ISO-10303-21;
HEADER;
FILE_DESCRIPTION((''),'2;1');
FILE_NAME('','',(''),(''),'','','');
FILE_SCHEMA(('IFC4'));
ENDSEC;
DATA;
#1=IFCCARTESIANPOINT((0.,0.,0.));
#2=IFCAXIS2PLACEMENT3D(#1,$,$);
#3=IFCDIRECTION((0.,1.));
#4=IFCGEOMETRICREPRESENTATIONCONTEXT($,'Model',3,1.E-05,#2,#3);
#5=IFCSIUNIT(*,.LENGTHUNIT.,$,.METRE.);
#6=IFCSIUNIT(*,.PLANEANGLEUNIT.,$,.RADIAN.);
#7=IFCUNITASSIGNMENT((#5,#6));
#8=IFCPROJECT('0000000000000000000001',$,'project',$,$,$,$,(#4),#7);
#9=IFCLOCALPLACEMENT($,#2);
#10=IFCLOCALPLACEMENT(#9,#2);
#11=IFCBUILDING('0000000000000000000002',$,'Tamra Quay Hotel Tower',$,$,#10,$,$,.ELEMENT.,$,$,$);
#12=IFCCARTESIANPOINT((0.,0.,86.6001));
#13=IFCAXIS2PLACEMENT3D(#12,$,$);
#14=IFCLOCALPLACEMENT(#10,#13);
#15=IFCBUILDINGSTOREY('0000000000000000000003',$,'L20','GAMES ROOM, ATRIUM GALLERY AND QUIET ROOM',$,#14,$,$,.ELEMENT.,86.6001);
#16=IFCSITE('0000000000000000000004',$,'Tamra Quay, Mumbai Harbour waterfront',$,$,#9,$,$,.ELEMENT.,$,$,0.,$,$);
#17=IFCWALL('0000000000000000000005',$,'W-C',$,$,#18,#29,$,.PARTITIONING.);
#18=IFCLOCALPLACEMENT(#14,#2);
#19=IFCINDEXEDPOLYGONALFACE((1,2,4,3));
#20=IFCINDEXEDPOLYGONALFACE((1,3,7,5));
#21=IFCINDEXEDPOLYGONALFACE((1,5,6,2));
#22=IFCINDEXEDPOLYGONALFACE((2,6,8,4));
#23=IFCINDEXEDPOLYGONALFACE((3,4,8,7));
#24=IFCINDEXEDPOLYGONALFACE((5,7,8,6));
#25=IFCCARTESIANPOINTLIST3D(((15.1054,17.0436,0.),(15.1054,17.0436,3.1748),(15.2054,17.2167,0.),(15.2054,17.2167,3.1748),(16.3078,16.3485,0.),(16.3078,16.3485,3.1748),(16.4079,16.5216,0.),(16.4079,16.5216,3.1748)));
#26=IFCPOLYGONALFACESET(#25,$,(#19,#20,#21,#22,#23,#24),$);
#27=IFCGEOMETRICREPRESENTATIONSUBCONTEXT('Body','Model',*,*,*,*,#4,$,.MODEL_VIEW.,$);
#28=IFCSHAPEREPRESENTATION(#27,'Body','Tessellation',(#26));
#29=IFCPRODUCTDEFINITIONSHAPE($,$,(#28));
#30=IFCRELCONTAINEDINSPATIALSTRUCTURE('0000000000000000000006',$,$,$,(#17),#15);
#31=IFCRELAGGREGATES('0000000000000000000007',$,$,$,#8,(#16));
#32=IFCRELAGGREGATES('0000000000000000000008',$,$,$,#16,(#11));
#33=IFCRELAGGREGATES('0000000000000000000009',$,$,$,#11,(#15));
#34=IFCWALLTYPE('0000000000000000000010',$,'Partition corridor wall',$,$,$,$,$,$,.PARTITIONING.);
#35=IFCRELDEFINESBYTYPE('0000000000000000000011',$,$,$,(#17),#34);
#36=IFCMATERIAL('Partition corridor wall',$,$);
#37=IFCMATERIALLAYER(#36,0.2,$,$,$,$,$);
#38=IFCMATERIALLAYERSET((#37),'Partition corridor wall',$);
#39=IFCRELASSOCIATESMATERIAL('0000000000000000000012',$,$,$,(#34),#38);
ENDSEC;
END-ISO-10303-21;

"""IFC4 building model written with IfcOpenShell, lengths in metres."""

from ifc_helpers import new_model, si_unit, direction, frame, frame_2d, origin, place, context, subcontext, project, spatial, rectangle, extrude, material, layer, layer_set, type_object, element, save


model = new_model("IFC4")

# Units and contexts
model_context = context("Model", 3, precision=1e-05, world=origin(), true_north=direction((0.0, 1.0)))
body_context = subcontext(model_context, "Body", "Model", "MODEL_VIEW")
ifc_project = project(units=[si_unit("LENGTHUNIT", "METRE"), si_unit("PLANEANGLEUNIT", "RADIAN")], contexts=[model_context])

# Site, building, storey
site_placement = place(None, origin())
site = spatial("IfcSite", under=ifc_project, at=site_placement, Name="Tamra Quay, Mumbai Harbour waterfront", CompositionType="ELEMENT", RefElevation=0.0)
building_placement = place(site_placement, origin())
building = spatial("IfcBuilding", under=site, at=building_placement, Name="Tamra Quay Hotel Tower", CompositionType="ELEMENT")
storey_placement = place(building_placement, frame((0.0, 0.0, 86.6001)))
storey = spatial("IfcBuildingStorey", under=building, at=storey_placement, Name="L20", Description="GAMES ROOM, ATRIUM GALLERY AND QUIET ROOM", CompositionType="ELEMENT", Elevation=86.6001)

# Wall
ifc_material_1 = material(Name="Partition corridor wall")
ifc_layer_1 = layer(ifc_material_1, 0.2)
ifc_layer_set_1 = layer_set([ifc_layer_1], Name="Partition corridor wall")
wall_type_1 = type_object("IfcWallType", Name="Partition corridor wall", PredefinedType="PARTITIONING", material=ifc_layer_set_1)
wall_1_placement = place(storey_placement, frame((15.1555, 17.1301, 0.0), z_axis=(0.0, 0.0, 1.0), x_axis=(0.865755, -0.500468, 0.0)))
element("IfcWall", 1, at=wall_1_placement, inside=storey, type_object=wall_type_1, Name="W-C", PredefinedType="PARTITIONING", context=body_context, shape_type="SweptSolid", body=[
    extrude(rectangle(XDim=1.3889, YDim=0.2, at=frame_2d((0.6943, 0.0))), origin(), (0.0, 0.0, 1.0), 3.1748),
])

save(model, "model.ifc")
